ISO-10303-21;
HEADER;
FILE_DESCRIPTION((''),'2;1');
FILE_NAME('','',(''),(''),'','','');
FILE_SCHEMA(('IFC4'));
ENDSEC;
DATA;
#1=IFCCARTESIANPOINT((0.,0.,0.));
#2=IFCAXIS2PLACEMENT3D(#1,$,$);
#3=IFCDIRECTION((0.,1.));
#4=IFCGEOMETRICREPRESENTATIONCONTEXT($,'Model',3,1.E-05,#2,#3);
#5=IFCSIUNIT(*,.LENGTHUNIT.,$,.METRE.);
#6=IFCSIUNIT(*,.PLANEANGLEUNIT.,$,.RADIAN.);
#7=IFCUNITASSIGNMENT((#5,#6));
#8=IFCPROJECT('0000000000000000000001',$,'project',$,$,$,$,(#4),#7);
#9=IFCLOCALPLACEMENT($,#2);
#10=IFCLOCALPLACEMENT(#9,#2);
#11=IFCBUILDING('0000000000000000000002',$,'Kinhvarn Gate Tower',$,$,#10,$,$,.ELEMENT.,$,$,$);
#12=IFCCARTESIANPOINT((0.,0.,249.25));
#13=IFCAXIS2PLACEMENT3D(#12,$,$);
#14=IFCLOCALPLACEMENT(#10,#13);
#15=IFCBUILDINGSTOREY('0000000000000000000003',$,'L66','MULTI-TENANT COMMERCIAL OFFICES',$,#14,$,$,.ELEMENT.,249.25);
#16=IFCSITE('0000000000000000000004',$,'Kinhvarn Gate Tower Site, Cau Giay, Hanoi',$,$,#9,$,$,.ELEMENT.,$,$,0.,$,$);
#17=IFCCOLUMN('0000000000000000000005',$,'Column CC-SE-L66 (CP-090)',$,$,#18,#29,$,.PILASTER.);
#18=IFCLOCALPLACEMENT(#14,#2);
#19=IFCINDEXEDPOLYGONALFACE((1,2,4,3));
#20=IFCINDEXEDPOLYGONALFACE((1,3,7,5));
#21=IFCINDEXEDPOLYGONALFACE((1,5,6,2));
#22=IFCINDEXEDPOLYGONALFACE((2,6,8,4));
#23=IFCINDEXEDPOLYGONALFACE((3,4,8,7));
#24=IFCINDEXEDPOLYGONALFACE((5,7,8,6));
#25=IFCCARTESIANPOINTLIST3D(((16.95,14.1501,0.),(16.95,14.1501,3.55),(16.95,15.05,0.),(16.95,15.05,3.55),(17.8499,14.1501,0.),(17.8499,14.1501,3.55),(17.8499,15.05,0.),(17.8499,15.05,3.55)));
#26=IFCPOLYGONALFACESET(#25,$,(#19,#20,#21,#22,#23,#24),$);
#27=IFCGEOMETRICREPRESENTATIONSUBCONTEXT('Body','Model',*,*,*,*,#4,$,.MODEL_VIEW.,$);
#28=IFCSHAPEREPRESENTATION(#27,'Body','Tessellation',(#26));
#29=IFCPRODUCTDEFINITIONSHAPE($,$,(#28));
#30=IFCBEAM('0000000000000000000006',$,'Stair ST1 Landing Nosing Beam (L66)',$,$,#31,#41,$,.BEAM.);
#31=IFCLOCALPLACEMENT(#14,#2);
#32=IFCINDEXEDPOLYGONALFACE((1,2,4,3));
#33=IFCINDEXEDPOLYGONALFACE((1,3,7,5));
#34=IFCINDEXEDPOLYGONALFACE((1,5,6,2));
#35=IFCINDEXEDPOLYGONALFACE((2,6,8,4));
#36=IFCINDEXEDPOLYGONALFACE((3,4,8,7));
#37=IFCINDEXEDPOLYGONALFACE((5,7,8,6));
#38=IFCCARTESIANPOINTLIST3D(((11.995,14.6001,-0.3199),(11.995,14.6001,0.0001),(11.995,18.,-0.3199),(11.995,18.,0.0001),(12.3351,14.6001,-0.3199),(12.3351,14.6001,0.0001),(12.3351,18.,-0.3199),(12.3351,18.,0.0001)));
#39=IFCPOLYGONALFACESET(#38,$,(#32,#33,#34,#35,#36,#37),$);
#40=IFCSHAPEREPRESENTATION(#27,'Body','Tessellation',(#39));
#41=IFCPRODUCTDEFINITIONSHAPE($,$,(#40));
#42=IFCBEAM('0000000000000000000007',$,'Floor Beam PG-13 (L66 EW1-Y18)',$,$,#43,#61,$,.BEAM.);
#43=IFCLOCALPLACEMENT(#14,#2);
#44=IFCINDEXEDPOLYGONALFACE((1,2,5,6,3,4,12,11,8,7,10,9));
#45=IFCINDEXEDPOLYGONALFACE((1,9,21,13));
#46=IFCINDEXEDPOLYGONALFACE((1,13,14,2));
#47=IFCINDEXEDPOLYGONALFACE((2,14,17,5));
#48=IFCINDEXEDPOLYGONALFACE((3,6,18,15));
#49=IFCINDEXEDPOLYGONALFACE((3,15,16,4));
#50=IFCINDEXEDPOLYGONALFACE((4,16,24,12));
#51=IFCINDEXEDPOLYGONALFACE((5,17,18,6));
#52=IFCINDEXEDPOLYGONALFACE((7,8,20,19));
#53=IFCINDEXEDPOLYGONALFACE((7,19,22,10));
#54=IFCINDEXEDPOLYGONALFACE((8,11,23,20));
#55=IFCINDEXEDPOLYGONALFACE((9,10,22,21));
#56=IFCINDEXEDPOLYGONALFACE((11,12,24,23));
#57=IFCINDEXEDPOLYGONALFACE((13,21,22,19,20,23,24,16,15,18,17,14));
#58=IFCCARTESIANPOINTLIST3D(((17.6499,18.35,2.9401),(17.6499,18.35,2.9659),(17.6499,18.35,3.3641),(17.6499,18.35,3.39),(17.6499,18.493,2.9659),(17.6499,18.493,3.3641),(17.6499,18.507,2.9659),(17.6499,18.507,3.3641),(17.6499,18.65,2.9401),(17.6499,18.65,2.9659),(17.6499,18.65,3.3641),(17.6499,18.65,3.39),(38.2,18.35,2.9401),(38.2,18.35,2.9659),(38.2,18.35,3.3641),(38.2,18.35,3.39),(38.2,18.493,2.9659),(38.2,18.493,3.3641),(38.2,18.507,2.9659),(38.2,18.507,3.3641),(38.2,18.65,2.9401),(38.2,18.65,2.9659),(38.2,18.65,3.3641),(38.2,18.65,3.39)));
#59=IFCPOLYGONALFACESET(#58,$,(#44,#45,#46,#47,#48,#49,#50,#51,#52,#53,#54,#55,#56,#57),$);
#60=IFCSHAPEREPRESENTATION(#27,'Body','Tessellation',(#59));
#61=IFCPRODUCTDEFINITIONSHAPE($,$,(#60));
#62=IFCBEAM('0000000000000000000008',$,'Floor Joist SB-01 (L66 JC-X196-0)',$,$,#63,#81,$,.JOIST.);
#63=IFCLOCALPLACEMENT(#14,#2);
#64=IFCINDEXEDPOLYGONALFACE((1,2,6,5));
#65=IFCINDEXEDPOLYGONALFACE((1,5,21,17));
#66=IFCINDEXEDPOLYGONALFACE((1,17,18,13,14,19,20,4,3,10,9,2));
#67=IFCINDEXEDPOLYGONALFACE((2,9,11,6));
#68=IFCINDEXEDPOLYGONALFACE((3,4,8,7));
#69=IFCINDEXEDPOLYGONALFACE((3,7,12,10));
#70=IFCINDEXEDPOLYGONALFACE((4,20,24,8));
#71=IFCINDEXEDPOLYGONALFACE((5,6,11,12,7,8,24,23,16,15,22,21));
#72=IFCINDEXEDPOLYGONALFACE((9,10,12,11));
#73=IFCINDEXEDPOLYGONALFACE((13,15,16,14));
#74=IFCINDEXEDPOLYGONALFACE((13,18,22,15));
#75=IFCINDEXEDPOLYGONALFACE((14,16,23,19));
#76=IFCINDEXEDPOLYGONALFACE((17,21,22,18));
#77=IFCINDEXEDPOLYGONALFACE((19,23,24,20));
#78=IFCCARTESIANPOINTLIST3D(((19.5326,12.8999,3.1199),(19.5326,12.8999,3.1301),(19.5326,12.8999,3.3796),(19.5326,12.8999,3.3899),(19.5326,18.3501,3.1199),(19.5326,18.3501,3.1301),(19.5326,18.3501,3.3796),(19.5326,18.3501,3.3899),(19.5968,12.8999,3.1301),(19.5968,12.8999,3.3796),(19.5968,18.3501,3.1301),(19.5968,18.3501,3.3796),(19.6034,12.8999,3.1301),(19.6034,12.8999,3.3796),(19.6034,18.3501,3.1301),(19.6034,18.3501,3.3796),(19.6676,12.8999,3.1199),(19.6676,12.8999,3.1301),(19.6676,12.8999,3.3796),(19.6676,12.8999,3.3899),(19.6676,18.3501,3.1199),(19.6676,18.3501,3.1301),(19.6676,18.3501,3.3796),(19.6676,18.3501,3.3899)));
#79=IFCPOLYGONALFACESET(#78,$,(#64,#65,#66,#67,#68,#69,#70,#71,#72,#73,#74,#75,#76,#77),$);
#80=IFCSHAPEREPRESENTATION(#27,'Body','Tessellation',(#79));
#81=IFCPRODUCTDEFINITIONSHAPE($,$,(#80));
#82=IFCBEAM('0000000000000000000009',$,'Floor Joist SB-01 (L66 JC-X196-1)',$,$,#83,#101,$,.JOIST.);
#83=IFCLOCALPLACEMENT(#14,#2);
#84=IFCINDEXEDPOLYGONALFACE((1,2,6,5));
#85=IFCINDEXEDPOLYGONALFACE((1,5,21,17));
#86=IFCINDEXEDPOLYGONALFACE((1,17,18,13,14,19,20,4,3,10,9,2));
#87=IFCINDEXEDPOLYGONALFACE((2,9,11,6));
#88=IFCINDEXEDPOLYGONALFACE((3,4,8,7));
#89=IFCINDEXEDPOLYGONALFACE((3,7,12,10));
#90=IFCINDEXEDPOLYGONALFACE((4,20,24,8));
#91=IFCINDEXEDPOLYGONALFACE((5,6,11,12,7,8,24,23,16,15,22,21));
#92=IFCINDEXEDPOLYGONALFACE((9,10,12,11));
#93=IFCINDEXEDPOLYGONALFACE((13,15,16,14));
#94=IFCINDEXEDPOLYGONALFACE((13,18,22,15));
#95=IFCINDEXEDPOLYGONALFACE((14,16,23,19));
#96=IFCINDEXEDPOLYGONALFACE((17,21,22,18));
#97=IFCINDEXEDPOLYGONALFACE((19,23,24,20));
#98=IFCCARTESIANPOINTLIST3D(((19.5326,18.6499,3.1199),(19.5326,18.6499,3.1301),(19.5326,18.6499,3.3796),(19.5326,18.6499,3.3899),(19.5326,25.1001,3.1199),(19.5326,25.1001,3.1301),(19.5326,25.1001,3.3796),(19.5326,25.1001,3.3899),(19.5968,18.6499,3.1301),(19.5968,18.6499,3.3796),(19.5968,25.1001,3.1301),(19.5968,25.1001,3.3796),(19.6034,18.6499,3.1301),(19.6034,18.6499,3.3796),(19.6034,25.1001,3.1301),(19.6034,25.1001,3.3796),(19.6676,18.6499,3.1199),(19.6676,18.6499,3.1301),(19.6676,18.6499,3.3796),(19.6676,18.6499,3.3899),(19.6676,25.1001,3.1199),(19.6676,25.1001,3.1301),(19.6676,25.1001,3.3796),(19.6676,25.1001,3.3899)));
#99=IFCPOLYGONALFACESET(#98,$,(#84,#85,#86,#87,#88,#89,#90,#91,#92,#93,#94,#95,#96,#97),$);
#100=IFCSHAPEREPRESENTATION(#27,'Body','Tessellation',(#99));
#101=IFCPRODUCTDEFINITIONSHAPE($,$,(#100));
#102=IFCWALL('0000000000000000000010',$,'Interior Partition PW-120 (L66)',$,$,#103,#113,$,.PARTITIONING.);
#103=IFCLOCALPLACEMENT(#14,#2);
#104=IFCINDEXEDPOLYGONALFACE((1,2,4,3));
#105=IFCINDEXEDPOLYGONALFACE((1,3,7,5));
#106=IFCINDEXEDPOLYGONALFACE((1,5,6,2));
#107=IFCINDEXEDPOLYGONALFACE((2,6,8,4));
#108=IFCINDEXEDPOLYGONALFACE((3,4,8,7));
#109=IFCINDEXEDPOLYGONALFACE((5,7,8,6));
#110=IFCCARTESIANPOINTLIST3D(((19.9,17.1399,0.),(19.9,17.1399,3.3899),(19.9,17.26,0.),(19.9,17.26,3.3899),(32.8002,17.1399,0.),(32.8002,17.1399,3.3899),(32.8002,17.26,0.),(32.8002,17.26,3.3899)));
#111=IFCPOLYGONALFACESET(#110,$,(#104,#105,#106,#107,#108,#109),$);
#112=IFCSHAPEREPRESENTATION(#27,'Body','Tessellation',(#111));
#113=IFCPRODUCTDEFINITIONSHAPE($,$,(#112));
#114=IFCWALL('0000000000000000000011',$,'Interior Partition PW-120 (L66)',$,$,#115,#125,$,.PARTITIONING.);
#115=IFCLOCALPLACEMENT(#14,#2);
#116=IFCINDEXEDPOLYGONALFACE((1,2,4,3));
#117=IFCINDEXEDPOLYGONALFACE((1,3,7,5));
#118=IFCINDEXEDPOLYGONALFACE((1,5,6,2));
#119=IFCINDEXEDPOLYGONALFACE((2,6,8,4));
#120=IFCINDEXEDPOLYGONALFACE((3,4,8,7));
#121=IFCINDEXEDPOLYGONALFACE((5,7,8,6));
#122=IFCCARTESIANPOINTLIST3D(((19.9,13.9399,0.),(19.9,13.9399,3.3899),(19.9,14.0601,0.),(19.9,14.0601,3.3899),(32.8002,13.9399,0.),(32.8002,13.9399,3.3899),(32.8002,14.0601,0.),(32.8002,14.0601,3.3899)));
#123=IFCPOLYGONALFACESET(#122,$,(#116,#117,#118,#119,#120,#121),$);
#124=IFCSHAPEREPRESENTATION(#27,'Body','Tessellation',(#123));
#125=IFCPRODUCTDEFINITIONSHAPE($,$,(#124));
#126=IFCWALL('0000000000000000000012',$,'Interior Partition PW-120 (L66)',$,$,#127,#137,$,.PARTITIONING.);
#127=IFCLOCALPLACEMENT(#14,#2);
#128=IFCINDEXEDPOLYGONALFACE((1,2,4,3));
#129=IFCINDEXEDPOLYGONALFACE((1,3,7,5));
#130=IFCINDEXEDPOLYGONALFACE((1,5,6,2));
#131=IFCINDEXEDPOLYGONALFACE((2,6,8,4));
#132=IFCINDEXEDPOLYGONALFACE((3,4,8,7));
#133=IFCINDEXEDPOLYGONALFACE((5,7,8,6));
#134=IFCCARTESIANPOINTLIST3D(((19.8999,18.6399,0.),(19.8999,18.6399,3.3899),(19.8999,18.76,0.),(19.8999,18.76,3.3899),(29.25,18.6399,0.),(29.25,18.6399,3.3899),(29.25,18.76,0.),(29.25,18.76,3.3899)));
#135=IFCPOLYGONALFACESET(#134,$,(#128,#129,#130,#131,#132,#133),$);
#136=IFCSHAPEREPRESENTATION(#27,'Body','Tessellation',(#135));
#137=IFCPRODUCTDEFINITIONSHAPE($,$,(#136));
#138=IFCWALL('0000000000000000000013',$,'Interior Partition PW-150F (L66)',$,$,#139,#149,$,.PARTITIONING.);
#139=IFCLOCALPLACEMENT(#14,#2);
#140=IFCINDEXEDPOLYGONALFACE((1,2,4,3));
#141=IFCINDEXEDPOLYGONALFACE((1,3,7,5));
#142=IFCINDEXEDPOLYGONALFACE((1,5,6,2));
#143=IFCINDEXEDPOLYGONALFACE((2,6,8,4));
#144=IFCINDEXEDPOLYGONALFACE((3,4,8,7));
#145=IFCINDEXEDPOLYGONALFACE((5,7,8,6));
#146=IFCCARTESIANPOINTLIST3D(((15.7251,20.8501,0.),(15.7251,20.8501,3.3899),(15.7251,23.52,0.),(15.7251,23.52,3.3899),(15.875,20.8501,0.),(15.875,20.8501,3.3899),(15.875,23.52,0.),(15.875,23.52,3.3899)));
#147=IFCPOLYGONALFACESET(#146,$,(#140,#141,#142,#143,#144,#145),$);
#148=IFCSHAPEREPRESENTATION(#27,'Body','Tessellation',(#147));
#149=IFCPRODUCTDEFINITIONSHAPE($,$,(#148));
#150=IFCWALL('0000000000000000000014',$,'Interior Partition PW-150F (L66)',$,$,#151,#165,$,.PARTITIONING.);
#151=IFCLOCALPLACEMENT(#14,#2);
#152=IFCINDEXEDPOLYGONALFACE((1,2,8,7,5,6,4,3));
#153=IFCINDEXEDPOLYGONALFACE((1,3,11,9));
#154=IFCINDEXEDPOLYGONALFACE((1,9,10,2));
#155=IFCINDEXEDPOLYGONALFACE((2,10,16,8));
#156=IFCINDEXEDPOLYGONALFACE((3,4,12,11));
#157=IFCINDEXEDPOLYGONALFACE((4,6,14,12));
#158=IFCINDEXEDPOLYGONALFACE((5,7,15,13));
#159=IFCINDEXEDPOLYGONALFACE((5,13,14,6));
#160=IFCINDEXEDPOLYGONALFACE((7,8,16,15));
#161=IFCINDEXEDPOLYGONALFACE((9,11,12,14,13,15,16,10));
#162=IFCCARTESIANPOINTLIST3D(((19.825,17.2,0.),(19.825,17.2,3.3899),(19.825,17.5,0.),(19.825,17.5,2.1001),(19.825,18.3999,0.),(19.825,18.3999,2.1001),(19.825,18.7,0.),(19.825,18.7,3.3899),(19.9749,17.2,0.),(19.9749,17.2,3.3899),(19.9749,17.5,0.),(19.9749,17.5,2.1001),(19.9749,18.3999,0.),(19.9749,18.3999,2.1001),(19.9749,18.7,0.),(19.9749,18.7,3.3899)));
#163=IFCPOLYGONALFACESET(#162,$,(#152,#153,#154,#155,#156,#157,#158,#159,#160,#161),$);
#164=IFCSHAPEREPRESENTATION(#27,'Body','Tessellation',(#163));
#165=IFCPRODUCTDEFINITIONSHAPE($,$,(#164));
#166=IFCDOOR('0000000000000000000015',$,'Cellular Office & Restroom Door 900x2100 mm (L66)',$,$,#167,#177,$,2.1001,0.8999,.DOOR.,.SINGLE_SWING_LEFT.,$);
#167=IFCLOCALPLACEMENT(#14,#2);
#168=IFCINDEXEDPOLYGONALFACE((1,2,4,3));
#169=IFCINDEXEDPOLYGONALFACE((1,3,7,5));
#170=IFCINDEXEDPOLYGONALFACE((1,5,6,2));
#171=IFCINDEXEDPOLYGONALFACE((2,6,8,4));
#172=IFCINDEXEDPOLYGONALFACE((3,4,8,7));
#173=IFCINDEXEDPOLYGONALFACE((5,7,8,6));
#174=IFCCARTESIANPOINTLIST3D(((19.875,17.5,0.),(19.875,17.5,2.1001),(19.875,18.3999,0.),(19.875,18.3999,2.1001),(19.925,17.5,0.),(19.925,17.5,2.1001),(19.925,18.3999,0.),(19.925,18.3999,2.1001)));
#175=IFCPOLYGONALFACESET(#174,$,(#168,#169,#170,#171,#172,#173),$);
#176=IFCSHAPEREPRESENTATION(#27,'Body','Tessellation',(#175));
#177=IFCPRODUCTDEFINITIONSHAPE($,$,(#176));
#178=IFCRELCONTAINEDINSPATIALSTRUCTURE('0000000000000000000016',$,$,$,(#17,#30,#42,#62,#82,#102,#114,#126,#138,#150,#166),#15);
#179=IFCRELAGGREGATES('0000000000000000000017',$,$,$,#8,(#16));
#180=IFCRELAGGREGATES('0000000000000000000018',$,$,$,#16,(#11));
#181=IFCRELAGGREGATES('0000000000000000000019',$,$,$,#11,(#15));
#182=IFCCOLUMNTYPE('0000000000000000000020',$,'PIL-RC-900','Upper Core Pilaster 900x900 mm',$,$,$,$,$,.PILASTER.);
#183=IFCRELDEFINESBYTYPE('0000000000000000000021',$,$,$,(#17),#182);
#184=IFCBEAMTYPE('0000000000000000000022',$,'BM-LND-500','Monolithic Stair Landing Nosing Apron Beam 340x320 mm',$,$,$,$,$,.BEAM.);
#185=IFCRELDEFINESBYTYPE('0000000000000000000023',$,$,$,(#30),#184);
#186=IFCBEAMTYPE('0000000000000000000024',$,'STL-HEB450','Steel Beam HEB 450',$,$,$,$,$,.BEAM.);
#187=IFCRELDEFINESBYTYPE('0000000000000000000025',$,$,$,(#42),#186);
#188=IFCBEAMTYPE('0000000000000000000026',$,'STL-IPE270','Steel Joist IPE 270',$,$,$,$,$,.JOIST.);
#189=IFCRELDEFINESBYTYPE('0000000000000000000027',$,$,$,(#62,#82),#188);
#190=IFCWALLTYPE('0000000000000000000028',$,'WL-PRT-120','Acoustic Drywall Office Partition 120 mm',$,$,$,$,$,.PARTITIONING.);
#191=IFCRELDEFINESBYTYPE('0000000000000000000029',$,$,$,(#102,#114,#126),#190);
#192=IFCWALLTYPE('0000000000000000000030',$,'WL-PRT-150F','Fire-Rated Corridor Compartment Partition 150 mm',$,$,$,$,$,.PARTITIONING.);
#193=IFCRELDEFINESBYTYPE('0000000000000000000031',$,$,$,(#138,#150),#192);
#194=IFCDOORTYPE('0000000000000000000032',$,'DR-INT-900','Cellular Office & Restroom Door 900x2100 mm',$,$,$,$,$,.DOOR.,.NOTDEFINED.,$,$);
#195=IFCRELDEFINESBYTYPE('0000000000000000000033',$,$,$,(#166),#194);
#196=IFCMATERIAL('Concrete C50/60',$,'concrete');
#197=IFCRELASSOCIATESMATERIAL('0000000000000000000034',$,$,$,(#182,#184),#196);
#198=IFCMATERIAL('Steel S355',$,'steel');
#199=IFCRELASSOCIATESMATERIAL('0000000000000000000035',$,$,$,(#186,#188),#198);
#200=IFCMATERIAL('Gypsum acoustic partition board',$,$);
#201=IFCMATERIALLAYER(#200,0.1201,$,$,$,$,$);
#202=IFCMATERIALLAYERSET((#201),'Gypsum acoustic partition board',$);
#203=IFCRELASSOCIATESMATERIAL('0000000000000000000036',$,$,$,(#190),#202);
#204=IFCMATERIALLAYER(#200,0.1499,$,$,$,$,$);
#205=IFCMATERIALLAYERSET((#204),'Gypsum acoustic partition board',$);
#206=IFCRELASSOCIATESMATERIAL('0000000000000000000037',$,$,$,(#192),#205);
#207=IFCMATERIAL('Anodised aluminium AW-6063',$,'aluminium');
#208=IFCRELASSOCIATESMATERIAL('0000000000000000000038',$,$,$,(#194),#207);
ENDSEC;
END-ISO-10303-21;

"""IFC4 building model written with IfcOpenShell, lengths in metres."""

from ifc_helpers import new_model, si_unit, direction, frame, frame_2d, origin, origin_2d, place, context, subcontext, project, spatial, rectangle, i_section, extrude, material, layer, layer_set, material_profile, profile_set, type_object, element, fill, save


model = new_model("IFC4")

# Units and contexts
model_context = context("Model", 3, precision=1e-05, world=origin(), true_north=direction((0.0, 1.0)))
body_context = subcontext(model_context, "Body", "Model", "MODEL_VIEW")
ifc_project = project(units=[si_unit("LENGTHUNIT", "METRE"), si_unit("PLANEANGLEUNIT", "RADIAN")], contexts=[model_context])

# Site, building, storey
site_placement = place(None, origin())
site = spatial("IfcSite", under=ifc_project, at=site_placement, Name="Kinhvarn Gate Tower Site, Cau Giay, Hanoi", CompositionType="ELEMENT", RefElevation=0.0)
building_placement = place(site_placement, origin())
building = spatial("IfcBuilding", under=site, at=building_placement, Name="Kinhvarn Gate Tower", CompositionType="ELEMENT")
storey_placement = place(building_placement, frame((0.0, 0.0, 249.25)))
storey = spatial("IfcBuildingStorey", under=building, at=storey_placement, Name="L66", Description="MULTI-TENANT COMMERCIAL OFFICES", CompositionType="ELEMENT", Elevation=249.25)

# Column
ifc_material_1 = material(Name="Concrete C50/60", Category="concrete")
ifc_material_profile_1 = material_profile(ifc_material_1, rectangle(XDim=0.8999, YDim=0.8999, at=origin_2d()), Name="RC 900x900")
ifc_profile_set_1 = profile_set([ifc_material_profile_1], Name="Concrete C50/60")
column_type = type_object("IfcColumnType", Name="PIL-RC-900", Description="Upper Core Pilaster 900x900 mm", PredefinedType="PILASTER", material=ifc_profile_set_1)
column_placement = place(storey_placement, frame((17.3999, 14.6001, 0.0), z_axis=(0.0, 0.0, 1.0), x_axis=(1.0, 0.0, 0.0)))
element("IfcColumn", 1, at=column_placement, inside=storey, type_object=column_type, Name="Column CC-SE-L66 (CP-090)", PredefinedType="PILASTER", context=body_context, shape_type="SweptSolid", body=[
    extrude(rectangle(XDim=0.8999, YDim=0.8999, at=origin_2d()), origin(), (0.0, 0.0, 1.0), 3.55),
])

# Beams
ifc_material_profile_2 = material_profile(ifc_material_1, rectangle(XDim=0.3401, YDim=0.3201, at=origin_2d()), Name="RC 340x320")
ifc_profile_set_2 = profile_set([ifc_material_profile_2], Name="Concrete C50/60")
beam_type_1 = type_object("IfcBeamType", Name="BM-LND-500", Description="Monolithic Stair Landing Nosing Apron Beam 340x320 mm", PredefinedType="BEAM", material=ifc_profile_set_2)
beam_1_placement = place(storey_placement, frame((12.165, 14.6001, -0.1599), z_axis=(0.0, 1.0, 0.0), x_axis=(-1.0, 0.0, 0.0)))
element("IfcBeam", 2, at=beam_1_placement, inside=storey, type_object=beam_type_1, Name="Stair ST1 Landing Nosing Beam (L66)", PredefinedType="BEAM", context=body_context, shape_type="SweptSolid", body=[
    extrude(rectangle(XDim=0.3401, YDim=0.3201, at=origin_2d()), origin(), (0.0, 0.0, 1.0), 3.3999),
])
ifc_material_2 = material(Name="Steel S355", Category="steel")
ifc_material_profile_3 = material_profile(ifc_material_2, i_section(OverallWidth=0.3, OverallDepth=0.45, WebThickness=0.0139, FlangeThickness=0.0259, at=origin_2d()), Name="HEB 450")
ifc_profile_set_3 = profile_set([ifc_material_profile_3], Name="Steel S355")
beam_type_2 = type_object("IfcBeamType", Name="STL-HEB450", Description="Steel Beam HEB 450", PredefinedType="BEAM", material=ifc_profile_set_3)
beam_2_placement = place(storey_placement, frame((17.6499, 18.5, 3.165), z_axis=(1.0, 0.0, 0.0), x_axis=(0.0, 1.0, 0.0)))
element("IfcBeam", 3, at=beam_2_placement, inside=storey, type_object=beam_type_2, Name="Floor Beam PG-13 (L66 EW1-Y18)", PredefinedType="BEAM", context=body_context, shape_type="SweptSolid", body=[
    extrude(i_section(OverallWidth=0.3, OverallDepth=0.45, WebThickness=0.0139, FlangeThickness=0.0259, at=origin_2d()), origin(), (0.0, 0.0, 1.0), 20.55),
])
ifc_material_profile_4 = material_profile(ifc_material_2, i_section(OverallWidth=0.135, OverallDepth=0.27, WebThickness=0.0066, FlangeThickness=0.0103, at=origin_2d()), Name="IPE 270")
ifc_profile_set_4 = profile_set([ifc_material_profile_4], Name="Steel S355")
beam_type_3 = type_object("IfcBeamType", Name="STL-IPE270", Description="Steel Joist IPE 270", PredefinedType="JOIST", material=ifc_profile_set_4)
beam_3_placement = place(storey_placement, frame((19.6001, 12.8999, 3.2549), z_axis=(0.0, 1.0, 0.0), x_axis=(-1.0, 0.0, 0.0)))
element("IfcBeam", 4, at=beam_3_placement, inside=storey, type_object=beam_type_3, Name="Floor Joist SB-01 (L66 JC-X196-0)", PredefinedType="JOIST", context=body_context, shape_type="SweptSolid", body=[
    extrude(i_section(OverallWidth=0.135, OverallDepth=0.27, WebThickness=0.0066, FlangeThickness=0.0103, at=origin_2d()), origin(), (0.0, 0.0, 1.0), 5.4502),
])
beam_4_placement = place(storey_placement, frame((19.6001, 18.6499, 3.2549), z_axis=(0.0, 1.0, 0.0), x_axis=(-1.0, 0.0, 0.0)))
element("IfcBeam", 5, at=beam_4_placement, inside=storey, type_object=beam_type_3, Name="Floor Joist SB-01 (L66 JC-X196-1)", PredefinedType="JOIST", context=body_context, shape_type="SweptSolid", body=[
    extrude(i_section(OverallWidth=0.135, OverallDepth=0.27, WebThickness=0.0066, FlangeThickness=0.0103, at=origin_2d()), origin(), (0.0, 0.0, 1.0), 6.4502),
])

# Shared definitions
ifc_material_3 = material(Name="Anodised aluminium AW-6063", Category="aluminium")

# Walls
ifc_material_4 = material(Name="Gypsum acoustic partition board")
ifc_layer_1 = layer(ifc_material_4, 0.1201)
ifc_layer_set_1 = layer_set([ifc_layer_1], Name="Gypsum acoustic partition board")
wall_type_1 = type_object("IfcWallType", Name="WL-PRT-120", Description="Acoustic Drywall Office Partition 120 mm", PredefinedType="PARTITIONING", material=ifc_layer_set_1)
for number, where, z_axis, x_axis, name in (
    (6, (19.8999, 17.2, 0.0), (0.0, 0.0, 1.0), (1.0, 0.0, 0.0), "Interior Partition PW-120 (L66)"),
    (7, (19.8999, 14.0, 0.0), (0.0, 0.0, 1.0), (1.0, 0.0, 0.0), "Interior Partition PW-120 (L66)"),
):
    element("IfcWall", number, at=place(storey_placement, frame(where, z_axis=z_axis, x_axis=x_axis)), inside=storey, type_object=wall_type_1, Name=name, PredefinedType="PARTITIONING", context=body_context, shape_type="SweptSolid", body=[
        extrude(rectangle(XDim=12.9001, YDim=0.1201, at=frame_2d((6.4502, 0.0))), origin(), (0.0, 0.0, 1.0), 3.3899),
    ])
wall_1_placement = place(storey_placement, frame((19.8999, 18.7, 0.0), z_axis=(0.0, 0.0, 1.0), x_axis=(1.0, 0.0, 0.0)))
element("IfcWall", 8, at=wall_1_placement, inside=storey, type_object=wall_type_1, Name="Interior Partition PW-120 (L66)", PredefinedType="PARTITIONING", context=body_context, shape_type="SweptSolid", body=[
    extrude(rectangle(XDim=9.3501, YDim=0.1201, at=frame_2d((4.675, 0.0))), origin(), (0.0, 0.0, 1.0), 3.3899),
])
ifc_layer_2 = layer(ifc_material_4, 0.1499)
ifc_layer_set_2 = layer_set([ifc_layer_2], Name="Gypsum acoustic partition board")
wall_type_2 = type_object("IfcWallType", Name="WL-PRT-150F", Description="Fire-Rated Corridor Compartment Partition 150 mm", PredefinedType="PARTITIONING", material=ifc_layer_set_2)
wall_2_placement = place(storey_placement, frame((15.8, 20.8501, 0.0), z_axis=(0.0, 0.0, 1.0), x_axis=(0.0, 1.0, 0.0)))
element("IfcWall", 9, at=wall_2_placement, inside=storey, type_object=wall_type_2, Name="Interior Partition PW-150F (L66)", PredefinedType="PARTITIONING", context=body_context, shape_type="SweptSolid", body=[
    extrude(rectangle(XDim=2.6699, YDim=0.1499, at=frame_2d((1.335, 0.0))), origin(), (0.0, 0.0, 1.0), 3.3899),
])

# Wall, opening, door
wall_3_placement = place(storey_placement, frame((19.8999, 17.2, 0.0), z_axis=(0.0, 0.0, 1.0), x_axis=(0.0, 1.0, 0.0)))
wall_3 = element("IfcWall", 10, at=wall_3_placement, inside=storey, type_object=wall_type_2, Name="Interior Partition PW-150F (L66)", PredefinedType="PARTITIONING", context=body_context, shape_type="SweptSolid", body=[
    extrude(rectangle(XDim=1.5, YDim=0.1499, at=frame_2d((0.75, 0.0))), origin(), (0.0, 0.0, 1.0), 3.3899),
])
opening_1_placement = place(wall_3_placement, frame((0.3, 0.0, 0.0)))
opening_1 = element("IfcOpeningElement", 11, at=opening_1_placement, cuts=wall_3, PredefinedType="OPENING", context=body_context, shape_type="SweptSolid", body=[
    extrude(rectangle(XDim=0.8999, YDim=2.1001, at=frame_2d((0.45, 1.05))), frame((0.0, 0.085, 0.0), z_axis=(0.0, -1.0, 0.0), x_axis=(1.0, 0.0, 0.0)), (0.0, 0.0, 1.0), 0.1699),
])
door_type_1 = type_object("IfcDoorType", Name="DR-INT-900", Description="Cellular Office & Restroom Door 900x2100 mm", OperationType="NOTDEFINED", PredefinedType="DOOR", material=ifc_material_3)
door_1_placement = place(opening_1_placement, origin())
door_1 = element("IfcDoor", 12, at=door_1_placement, inside=storey, type_object=door_type_1, Name="Cellular Office & Restroom Door 900x2100 mm (L66)", OperationType="SINGLE_SWING_LEFT", OverallHeight=2.1001, OverallWidth=0.8999, PredefinedType="DOOR", context=body_context, shape_type="SweptSolid", body=[
    extrude(rectangle(XDim=0.8999, YDim=2.1001, at=frame_2d((0.45, 1.05))), frame((0.0, 0.0249, 0.0), z_axis=(0.0, -1.0, 0.0), x_axis=(1.0, 0.0, 0.0)), (0.0, 0.0, 1.0), 0.05),
])
fill(opening_1, door_1)

save(model, "model.ifc")
